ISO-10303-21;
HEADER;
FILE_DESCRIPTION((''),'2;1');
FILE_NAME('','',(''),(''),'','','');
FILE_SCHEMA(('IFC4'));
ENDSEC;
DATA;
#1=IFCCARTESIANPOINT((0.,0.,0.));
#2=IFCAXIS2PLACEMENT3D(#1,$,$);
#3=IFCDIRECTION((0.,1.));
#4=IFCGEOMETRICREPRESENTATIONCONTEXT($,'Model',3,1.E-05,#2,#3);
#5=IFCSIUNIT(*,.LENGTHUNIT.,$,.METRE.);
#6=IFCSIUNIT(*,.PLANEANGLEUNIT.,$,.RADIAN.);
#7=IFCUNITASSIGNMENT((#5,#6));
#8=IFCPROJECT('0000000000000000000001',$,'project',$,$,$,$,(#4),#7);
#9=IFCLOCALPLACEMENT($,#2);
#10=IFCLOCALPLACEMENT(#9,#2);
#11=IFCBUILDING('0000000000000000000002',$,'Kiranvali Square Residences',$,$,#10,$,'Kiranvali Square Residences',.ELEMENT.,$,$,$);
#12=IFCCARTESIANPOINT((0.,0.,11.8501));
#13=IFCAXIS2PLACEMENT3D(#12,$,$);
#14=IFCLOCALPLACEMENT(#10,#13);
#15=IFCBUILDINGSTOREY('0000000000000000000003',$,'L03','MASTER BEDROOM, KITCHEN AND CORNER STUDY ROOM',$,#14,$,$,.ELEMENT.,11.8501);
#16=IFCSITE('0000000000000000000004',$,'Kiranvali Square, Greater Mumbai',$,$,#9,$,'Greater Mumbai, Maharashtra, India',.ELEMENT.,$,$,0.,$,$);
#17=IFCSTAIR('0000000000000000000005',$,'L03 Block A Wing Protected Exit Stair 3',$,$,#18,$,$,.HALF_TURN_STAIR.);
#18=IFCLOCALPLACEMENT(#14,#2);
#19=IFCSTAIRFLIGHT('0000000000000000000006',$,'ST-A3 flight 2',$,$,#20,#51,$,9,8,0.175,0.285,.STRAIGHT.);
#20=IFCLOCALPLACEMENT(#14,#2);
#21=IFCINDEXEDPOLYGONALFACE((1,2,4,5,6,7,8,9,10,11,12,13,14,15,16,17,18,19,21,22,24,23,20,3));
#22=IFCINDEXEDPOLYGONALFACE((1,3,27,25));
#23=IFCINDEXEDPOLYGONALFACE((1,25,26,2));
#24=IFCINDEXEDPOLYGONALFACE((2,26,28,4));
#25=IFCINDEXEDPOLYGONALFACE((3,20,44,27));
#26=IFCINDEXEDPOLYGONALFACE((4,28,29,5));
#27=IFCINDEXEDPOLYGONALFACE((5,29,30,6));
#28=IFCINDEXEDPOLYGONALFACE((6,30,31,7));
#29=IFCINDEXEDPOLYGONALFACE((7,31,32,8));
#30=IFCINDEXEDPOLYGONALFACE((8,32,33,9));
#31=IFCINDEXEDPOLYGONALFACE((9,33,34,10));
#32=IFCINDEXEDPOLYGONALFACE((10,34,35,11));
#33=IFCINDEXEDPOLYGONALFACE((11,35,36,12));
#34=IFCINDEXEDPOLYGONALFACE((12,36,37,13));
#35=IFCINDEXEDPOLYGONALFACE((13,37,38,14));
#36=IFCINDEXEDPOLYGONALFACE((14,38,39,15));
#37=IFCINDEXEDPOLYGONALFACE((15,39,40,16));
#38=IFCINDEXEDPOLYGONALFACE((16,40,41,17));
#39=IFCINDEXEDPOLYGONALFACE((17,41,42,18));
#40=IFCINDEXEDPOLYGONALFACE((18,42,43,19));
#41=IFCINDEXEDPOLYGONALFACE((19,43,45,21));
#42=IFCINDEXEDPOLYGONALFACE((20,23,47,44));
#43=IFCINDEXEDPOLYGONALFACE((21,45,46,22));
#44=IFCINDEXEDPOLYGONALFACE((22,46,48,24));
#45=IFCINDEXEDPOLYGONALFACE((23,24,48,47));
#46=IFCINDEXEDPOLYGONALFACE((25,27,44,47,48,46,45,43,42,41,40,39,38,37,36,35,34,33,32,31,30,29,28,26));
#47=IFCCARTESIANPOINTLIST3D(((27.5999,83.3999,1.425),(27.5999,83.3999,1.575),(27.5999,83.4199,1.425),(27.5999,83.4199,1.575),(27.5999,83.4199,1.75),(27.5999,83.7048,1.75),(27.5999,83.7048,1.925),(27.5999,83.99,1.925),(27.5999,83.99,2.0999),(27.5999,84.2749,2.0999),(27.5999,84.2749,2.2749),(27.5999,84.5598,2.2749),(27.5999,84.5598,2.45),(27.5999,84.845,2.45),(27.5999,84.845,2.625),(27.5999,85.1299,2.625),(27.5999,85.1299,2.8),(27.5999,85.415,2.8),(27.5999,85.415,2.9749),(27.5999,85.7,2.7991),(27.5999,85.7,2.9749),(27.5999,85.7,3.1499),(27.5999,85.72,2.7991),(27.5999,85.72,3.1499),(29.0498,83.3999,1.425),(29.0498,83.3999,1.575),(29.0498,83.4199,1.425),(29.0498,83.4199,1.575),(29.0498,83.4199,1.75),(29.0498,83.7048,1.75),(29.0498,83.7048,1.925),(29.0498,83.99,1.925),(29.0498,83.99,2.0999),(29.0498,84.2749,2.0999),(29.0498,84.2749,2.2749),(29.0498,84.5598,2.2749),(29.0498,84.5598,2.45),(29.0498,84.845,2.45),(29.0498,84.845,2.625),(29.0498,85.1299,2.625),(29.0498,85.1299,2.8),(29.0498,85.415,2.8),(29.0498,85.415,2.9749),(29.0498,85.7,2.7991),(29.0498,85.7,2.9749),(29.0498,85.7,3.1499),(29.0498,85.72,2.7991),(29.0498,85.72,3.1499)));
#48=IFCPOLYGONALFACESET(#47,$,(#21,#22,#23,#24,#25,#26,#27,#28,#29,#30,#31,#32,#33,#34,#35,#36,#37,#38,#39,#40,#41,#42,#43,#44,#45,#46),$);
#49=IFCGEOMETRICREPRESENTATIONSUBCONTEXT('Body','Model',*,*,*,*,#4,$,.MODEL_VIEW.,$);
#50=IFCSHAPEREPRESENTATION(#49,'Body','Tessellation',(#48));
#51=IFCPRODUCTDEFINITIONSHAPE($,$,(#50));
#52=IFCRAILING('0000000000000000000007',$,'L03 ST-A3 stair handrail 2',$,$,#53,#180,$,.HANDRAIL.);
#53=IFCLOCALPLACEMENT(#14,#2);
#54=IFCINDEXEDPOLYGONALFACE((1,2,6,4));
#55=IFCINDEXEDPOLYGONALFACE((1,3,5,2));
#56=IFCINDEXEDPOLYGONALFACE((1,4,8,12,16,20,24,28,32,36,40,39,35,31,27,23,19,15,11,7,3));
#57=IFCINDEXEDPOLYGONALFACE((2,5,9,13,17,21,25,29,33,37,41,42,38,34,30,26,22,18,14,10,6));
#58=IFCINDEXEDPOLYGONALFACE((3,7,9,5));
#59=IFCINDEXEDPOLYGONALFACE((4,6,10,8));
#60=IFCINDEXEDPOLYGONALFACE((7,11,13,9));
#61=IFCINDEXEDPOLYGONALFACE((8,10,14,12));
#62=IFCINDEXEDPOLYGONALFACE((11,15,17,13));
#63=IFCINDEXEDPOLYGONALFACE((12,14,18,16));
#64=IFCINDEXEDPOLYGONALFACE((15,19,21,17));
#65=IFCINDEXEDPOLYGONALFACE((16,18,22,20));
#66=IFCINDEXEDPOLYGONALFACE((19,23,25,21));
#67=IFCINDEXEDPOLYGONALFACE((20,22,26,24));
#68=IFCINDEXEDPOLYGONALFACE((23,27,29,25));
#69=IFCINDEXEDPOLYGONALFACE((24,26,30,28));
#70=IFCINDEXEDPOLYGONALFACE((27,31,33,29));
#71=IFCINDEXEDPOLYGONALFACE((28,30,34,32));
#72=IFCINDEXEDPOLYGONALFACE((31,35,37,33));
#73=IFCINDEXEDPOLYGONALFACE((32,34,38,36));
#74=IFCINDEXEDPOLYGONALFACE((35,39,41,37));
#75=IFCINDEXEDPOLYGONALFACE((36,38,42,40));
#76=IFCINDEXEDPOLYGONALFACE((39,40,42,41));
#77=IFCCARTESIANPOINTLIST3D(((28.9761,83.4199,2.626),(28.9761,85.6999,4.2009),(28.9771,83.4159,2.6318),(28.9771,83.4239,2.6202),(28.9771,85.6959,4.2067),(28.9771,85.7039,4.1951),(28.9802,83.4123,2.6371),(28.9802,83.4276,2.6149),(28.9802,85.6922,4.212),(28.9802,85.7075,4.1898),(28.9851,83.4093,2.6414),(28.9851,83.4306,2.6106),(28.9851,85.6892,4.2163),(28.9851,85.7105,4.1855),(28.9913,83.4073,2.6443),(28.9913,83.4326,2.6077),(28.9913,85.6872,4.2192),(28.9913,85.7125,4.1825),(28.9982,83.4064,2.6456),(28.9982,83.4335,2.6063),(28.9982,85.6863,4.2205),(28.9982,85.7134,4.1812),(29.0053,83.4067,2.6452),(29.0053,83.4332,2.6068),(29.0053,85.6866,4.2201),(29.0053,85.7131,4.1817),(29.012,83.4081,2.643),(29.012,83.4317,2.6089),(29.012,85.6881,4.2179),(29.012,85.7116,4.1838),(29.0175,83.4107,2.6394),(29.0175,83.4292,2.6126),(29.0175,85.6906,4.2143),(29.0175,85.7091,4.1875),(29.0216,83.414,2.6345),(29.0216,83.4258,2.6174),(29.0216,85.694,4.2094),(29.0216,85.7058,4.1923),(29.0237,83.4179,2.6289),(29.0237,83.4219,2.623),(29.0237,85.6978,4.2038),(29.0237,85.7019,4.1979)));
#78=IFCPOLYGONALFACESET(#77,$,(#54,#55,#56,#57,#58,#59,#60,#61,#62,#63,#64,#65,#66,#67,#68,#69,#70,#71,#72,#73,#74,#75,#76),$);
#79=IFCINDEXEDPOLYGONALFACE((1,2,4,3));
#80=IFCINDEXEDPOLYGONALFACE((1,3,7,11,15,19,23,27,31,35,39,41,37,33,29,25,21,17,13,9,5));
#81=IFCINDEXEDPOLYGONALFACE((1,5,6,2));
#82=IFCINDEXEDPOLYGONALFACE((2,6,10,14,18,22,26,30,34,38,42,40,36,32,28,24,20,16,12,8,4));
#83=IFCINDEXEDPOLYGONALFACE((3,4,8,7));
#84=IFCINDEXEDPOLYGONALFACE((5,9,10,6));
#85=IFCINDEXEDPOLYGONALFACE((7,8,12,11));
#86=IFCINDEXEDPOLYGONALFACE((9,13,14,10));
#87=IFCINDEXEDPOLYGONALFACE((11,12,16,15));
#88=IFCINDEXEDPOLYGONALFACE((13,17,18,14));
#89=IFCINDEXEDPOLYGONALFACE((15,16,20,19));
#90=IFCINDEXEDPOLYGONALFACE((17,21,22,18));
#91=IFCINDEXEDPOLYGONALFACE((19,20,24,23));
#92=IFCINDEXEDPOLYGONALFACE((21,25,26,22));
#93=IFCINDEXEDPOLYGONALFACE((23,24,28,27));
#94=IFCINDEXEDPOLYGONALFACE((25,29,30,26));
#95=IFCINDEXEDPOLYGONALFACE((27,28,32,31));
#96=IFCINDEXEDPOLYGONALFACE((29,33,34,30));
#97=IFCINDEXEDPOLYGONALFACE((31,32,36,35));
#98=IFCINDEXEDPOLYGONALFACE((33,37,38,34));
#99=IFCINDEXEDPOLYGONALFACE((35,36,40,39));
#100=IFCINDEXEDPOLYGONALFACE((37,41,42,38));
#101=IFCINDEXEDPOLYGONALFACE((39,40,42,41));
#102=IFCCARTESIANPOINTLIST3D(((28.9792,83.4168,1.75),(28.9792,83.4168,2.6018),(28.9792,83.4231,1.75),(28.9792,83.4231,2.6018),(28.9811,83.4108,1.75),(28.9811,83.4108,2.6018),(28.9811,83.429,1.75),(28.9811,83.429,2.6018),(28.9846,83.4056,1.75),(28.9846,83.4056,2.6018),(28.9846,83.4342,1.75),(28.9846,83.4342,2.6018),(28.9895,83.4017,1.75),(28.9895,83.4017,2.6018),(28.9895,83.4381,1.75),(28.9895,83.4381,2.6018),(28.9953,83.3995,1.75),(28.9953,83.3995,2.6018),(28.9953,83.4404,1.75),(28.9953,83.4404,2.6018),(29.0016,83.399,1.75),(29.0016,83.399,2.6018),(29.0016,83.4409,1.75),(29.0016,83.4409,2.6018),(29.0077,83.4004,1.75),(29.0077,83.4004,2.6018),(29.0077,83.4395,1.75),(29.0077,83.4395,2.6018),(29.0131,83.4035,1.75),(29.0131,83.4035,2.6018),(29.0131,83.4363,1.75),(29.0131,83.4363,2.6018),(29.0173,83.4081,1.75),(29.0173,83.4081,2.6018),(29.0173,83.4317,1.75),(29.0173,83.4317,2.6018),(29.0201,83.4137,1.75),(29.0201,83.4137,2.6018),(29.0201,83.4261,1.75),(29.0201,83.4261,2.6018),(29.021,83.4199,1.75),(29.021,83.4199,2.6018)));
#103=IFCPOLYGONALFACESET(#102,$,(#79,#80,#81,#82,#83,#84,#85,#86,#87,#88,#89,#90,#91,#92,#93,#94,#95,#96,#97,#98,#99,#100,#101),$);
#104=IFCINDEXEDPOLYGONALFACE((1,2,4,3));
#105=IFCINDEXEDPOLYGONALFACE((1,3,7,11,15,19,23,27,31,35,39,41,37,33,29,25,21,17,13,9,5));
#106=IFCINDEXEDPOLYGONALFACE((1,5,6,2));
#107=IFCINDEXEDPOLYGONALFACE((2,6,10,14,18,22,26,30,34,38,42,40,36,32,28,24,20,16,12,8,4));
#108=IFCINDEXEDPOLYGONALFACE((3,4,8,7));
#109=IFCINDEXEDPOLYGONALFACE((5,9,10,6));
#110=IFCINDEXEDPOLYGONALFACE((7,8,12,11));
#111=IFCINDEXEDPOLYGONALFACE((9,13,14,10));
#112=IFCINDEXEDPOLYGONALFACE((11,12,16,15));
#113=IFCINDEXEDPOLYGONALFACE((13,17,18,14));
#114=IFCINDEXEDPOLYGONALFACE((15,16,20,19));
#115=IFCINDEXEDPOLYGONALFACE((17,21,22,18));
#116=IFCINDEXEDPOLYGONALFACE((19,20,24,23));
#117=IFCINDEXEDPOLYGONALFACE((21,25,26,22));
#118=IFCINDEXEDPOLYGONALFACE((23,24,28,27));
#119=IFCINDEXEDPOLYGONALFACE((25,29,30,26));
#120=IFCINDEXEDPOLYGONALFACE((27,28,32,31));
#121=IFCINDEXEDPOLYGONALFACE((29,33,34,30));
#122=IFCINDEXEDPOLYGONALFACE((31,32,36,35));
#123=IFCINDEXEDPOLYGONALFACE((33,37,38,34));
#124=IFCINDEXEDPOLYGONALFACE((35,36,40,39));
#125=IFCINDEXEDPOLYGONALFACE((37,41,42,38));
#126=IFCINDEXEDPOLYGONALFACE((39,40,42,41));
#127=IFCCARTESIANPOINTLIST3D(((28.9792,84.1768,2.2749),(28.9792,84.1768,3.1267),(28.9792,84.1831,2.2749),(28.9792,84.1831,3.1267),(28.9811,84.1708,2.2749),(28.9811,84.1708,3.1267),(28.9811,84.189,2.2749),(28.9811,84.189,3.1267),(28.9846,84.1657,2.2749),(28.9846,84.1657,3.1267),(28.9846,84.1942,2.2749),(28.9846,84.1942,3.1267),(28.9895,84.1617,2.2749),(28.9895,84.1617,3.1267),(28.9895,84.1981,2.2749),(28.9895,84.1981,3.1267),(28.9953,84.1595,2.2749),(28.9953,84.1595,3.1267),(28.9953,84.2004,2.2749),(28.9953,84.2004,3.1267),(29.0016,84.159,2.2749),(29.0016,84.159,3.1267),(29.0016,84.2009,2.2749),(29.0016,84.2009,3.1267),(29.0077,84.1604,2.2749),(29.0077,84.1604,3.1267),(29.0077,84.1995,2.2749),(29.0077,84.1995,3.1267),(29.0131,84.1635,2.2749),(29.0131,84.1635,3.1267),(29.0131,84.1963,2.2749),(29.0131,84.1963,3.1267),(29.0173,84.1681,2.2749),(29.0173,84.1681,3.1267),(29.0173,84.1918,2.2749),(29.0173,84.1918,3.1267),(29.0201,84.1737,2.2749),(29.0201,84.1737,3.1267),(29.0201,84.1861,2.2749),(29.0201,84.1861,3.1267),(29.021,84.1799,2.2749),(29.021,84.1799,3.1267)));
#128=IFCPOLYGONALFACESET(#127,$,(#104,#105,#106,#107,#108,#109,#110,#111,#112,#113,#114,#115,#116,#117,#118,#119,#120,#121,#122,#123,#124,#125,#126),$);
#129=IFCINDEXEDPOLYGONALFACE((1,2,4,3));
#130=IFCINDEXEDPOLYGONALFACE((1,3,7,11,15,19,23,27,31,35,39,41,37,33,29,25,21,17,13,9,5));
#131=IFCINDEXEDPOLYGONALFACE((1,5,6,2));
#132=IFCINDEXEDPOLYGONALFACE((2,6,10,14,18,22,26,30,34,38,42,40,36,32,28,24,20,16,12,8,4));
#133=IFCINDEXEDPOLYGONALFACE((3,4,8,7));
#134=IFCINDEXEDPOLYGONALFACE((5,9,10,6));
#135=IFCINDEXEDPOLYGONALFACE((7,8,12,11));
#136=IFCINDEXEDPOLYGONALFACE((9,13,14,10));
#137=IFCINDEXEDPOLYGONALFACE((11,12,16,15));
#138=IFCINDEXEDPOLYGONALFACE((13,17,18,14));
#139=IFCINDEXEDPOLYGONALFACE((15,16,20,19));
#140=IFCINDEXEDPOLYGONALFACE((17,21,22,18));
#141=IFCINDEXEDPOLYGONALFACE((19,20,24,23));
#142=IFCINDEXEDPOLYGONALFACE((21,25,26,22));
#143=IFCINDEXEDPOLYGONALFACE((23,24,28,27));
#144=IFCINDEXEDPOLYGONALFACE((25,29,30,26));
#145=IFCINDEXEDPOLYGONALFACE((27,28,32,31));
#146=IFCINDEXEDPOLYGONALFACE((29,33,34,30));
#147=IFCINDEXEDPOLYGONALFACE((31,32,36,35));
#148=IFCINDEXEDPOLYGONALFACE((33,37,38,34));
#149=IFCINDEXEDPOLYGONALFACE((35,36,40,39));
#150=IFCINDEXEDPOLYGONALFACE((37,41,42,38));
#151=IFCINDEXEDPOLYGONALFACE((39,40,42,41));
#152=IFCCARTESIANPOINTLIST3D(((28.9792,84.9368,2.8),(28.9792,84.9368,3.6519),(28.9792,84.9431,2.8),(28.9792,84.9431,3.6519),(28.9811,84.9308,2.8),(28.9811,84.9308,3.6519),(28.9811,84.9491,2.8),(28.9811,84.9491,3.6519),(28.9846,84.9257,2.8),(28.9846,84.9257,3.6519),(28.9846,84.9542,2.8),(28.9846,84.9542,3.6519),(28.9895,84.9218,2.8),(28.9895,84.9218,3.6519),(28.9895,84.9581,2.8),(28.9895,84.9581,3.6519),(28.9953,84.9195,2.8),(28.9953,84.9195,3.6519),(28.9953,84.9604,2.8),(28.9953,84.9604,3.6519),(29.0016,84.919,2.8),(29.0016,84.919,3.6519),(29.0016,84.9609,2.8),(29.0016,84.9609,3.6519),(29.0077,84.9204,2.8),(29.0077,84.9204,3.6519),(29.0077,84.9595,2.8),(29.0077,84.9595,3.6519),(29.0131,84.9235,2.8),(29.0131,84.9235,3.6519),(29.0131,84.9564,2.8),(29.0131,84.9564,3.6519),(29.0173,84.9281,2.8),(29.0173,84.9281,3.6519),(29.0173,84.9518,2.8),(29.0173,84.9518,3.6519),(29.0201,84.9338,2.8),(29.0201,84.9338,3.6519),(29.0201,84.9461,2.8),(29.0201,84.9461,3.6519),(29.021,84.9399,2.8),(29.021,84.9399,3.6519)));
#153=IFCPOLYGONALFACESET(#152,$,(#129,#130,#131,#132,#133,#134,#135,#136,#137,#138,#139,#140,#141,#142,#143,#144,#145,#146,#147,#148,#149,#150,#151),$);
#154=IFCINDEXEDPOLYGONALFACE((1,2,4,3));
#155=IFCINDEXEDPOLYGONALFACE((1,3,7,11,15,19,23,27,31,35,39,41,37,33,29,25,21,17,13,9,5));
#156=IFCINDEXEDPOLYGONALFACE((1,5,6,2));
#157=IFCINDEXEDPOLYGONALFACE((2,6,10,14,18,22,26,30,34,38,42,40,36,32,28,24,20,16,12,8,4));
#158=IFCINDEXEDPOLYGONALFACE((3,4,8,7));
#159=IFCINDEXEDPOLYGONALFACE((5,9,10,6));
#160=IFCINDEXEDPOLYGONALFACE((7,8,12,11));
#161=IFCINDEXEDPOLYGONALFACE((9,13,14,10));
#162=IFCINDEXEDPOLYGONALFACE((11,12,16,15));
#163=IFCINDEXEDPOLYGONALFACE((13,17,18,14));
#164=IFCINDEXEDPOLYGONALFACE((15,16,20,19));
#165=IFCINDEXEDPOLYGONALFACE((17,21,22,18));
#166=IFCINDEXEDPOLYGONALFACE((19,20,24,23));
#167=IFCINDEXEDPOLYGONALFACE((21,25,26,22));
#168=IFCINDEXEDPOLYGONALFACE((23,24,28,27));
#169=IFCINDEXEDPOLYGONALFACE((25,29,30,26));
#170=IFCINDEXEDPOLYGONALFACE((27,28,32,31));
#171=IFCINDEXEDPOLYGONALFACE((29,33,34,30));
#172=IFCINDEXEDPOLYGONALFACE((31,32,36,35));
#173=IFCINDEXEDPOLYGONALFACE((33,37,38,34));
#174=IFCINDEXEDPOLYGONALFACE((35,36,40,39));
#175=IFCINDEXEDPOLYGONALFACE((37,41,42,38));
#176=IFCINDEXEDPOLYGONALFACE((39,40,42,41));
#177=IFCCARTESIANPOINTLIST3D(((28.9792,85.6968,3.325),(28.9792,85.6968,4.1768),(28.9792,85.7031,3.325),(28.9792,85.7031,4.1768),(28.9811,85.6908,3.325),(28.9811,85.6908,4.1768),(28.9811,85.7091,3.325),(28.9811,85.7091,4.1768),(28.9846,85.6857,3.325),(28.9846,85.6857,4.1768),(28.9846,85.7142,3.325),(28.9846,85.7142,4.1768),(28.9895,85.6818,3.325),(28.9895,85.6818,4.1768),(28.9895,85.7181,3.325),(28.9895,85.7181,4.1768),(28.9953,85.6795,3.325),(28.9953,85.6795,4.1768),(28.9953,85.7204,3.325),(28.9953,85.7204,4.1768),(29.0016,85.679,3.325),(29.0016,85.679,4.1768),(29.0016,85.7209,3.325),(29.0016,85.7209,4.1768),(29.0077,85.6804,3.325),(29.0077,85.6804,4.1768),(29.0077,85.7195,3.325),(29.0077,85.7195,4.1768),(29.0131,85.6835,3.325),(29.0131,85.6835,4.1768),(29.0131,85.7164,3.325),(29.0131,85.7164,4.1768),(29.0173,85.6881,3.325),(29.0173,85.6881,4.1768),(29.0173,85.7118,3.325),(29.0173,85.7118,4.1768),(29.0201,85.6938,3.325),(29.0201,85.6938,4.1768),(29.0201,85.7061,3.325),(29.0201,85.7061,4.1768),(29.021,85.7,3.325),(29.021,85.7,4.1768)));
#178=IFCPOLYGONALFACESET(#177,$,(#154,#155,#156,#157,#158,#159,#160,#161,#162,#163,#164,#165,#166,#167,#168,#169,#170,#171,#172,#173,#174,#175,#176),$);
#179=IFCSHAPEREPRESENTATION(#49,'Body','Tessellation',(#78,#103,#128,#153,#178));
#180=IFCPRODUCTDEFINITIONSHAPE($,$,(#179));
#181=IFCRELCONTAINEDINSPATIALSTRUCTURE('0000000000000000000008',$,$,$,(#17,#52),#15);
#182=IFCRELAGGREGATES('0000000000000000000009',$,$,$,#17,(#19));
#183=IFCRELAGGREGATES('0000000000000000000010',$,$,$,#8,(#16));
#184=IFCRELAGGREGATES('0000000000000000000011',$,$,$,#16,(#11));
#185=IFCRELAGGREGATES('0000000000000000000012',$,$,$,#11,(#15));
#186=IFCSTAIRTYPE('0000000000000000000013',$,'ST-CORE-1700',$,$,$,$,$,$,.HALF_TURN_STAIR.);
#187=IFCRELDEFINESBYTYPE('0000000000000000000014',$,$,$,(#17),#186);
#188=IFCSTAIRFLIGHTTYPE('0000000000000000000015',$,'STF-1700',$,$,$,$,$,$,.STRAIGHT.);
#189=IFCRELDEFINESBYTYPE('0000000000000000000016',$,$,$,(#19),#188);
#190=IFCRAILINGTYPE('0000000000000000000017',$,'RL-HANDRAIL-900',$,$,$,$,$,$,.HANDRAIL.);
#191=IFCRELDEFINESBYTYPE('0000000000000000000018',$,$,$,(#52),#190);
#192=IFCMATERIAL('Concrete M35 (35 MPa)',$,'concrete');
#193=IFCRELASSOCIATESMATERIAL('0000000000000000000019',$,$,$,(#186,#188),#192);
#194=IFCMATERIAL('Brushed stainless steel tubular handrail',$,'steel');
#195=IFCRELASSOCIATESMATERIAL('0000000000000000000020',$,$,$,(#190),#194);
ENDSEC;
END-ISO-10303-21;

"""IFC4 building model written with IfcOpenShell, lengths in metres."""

from ifc_helpers import new_model, si_unit, direction, frame, origin, origin_2d, place, context, subcontext, project, spatial, polyline, circle, outline, extrude, material, type_object, element, aggregate, save


model = new_model("IFC4")

# Units and contexts
model_context = context("Model", 3, precision=1e-05, world=origin(), true_north=direction((0.0, 1.0)))
body_context = subcontext(model_context, "Body", "Model", "MODEL_VIEW")
ifc_project = project(units=[si_unit("LENGTHUNIT", "METRE"), si_unit("PLANEANGLEUNIT", "RADIAN")], contexts=[model_context])

# Site, building, storey
site_placement = place(None, origin())
site = spatial("IfcSite", under=ifc_project, at=site_placement, Name="Kiranvali Square, Greater Mumbai", LongName="Greater Mumbai, Maharashtra, India", CompositionType="ELEMENT", RefElevation=0.0)
building_placement = place(site_placement, origin())
building = spatial("IfcBuilding", under=site, at=building_placement, Name="Kiranvali Square Residences", LongName="Kiranvali Square Residences", CompositionType="ELEMENT")
storey_placement = place(building_placement, frame((0.0, 0.0, 11.8501)))
storey = spatial("IfcBuildingStorey", under=building, at=storey_placement, Name="L03", Description="MASTER BEDROOM, KITCHEN AND CORNER STUDY ROOM", CompositionType="ELEMENT", Elevation=11.8501)

# Stair, stair flight
ifc_material_1 = material(Name="Concrete M35 (35 MPa)", Category="concrete")
stair_type = type_object("IfcStairType", Name="ST-CORE-1700", PredefinedType="HALF_TURN_STAIR", material=ifc_material_1)
stair_placement = place(storey_placement, origin())
stair = element("IfcStair", 1, at=stair_placement, inside=storey, type_object=stair_type, Name="L03 Block A Wing Protected Exit Stair 3", PredefinedType="HALF_TURN_STAIR")
stair_flight_type = type_object("IfcStairFlightType", Name="STF-1700", PredefinedType="STRAIGHT", material=ifc_material_1)
stair_flight_placement = place(storey_placement, frame((28.325, 83.4199, 1.575), z_axis=(0.0, 0.0, 1.0), x_axis=(0.0, 1.0, 0.0)))
stair_flight = element("IfcStairFlight", 2, at=stair_flight_placement, type_object=stair_flight_type, Name="ST-A3 flight 2", NumberOfRisers=9, NumberOfTreads=8, PredefinedType="STRAIGHT", RiserHeight=0.175, TreadLength=0.285, context=body_context, shape_type="SweptSolid", body=[
    extrude(outline(polyline([(-0.02, -0.1499), (-0.02, 0.0), (0.0, 0.0), (0.0, 0.175), (0.2849, 0.175), (0.2849, 0.3501), (0.5701, 0.3501), (0.5701, 0.5249), (0.855, 0.5249), (0.855, 0.7), (1.1399, 0.7), (1.1399, 0.875), (1.425, 0.875), (1.425, 1.05), (1.71, 1.05), (1.71, 1.2251), (1.9951, 1.2251), (1.9951, 1.3999), (2.28, 1.3999), (2.28, 1.575), (2.3, 1.575), (2.3, 1.2241), (2.28, 1.2241), (0.0, -0.1499), (-0.02, -0.1499)])), frame((0.0, 0.7251, 0.0), z_axis=(0.0, -1.0, 0.0), x_axis=(1.0, 0.0, 0.0)), (0.0, 0.0, 1.0), 1.45),
])
aggregate(stair, [stair_flight])

# Railing
ifc_material_2 = material(Name="Brushed stainless steel tubular handrail", Category="steel")
railing_type_1 = type_object("IfcRailingType", Name="RL-HANDRAIL-900", PredefinedType="HANDRAIL", material=ifc_material_2)
railing_1_placement = place(storey_placement, frame((29.0, 83.4199, 1.75)))
element("IfcRailing", 3, at=railing_1_placement, inside=storey, type_object=railing_type_1, Name="L03 ST-A3 stair handrail 2", PredefinedType="HANDRAIL", context=body_context, shape_type="SweptSolid", body=[
    extrude(circle(Radius=0.0239, at=origin_2d()), frame((0.0, 0.0, 0.876), z_axis=(0.0, 0.822788, 0.568348), x_axis=(-1.0, 0.0, 0.0)), (0.0, 0.0, 1.0), 2.771),
    extrude(circle(Radius=0.021, at=origin_2d()), origin(), (0.0, 0.0, 1.0), 0.8518),
    extrude(circle(Radius=0.021, at=origin_2d()), frame((0.0, 0.76, 0.5249)), (0.0, 0.0, 1.0), 0.8518),
    extrude(circle(Radius=0.021, at=origin_2d()), frame((0.0, 1.52, 1.05)), (0.0, 0.0, 1.0), 0.8518),
    extrude(circle(Radius=0.021, at=origin_2d()), frame((0.0, 2.28, 1.575)), (0.0, 0.0, 1.0), 0.8518),
])

save(model, "model.ifc")
